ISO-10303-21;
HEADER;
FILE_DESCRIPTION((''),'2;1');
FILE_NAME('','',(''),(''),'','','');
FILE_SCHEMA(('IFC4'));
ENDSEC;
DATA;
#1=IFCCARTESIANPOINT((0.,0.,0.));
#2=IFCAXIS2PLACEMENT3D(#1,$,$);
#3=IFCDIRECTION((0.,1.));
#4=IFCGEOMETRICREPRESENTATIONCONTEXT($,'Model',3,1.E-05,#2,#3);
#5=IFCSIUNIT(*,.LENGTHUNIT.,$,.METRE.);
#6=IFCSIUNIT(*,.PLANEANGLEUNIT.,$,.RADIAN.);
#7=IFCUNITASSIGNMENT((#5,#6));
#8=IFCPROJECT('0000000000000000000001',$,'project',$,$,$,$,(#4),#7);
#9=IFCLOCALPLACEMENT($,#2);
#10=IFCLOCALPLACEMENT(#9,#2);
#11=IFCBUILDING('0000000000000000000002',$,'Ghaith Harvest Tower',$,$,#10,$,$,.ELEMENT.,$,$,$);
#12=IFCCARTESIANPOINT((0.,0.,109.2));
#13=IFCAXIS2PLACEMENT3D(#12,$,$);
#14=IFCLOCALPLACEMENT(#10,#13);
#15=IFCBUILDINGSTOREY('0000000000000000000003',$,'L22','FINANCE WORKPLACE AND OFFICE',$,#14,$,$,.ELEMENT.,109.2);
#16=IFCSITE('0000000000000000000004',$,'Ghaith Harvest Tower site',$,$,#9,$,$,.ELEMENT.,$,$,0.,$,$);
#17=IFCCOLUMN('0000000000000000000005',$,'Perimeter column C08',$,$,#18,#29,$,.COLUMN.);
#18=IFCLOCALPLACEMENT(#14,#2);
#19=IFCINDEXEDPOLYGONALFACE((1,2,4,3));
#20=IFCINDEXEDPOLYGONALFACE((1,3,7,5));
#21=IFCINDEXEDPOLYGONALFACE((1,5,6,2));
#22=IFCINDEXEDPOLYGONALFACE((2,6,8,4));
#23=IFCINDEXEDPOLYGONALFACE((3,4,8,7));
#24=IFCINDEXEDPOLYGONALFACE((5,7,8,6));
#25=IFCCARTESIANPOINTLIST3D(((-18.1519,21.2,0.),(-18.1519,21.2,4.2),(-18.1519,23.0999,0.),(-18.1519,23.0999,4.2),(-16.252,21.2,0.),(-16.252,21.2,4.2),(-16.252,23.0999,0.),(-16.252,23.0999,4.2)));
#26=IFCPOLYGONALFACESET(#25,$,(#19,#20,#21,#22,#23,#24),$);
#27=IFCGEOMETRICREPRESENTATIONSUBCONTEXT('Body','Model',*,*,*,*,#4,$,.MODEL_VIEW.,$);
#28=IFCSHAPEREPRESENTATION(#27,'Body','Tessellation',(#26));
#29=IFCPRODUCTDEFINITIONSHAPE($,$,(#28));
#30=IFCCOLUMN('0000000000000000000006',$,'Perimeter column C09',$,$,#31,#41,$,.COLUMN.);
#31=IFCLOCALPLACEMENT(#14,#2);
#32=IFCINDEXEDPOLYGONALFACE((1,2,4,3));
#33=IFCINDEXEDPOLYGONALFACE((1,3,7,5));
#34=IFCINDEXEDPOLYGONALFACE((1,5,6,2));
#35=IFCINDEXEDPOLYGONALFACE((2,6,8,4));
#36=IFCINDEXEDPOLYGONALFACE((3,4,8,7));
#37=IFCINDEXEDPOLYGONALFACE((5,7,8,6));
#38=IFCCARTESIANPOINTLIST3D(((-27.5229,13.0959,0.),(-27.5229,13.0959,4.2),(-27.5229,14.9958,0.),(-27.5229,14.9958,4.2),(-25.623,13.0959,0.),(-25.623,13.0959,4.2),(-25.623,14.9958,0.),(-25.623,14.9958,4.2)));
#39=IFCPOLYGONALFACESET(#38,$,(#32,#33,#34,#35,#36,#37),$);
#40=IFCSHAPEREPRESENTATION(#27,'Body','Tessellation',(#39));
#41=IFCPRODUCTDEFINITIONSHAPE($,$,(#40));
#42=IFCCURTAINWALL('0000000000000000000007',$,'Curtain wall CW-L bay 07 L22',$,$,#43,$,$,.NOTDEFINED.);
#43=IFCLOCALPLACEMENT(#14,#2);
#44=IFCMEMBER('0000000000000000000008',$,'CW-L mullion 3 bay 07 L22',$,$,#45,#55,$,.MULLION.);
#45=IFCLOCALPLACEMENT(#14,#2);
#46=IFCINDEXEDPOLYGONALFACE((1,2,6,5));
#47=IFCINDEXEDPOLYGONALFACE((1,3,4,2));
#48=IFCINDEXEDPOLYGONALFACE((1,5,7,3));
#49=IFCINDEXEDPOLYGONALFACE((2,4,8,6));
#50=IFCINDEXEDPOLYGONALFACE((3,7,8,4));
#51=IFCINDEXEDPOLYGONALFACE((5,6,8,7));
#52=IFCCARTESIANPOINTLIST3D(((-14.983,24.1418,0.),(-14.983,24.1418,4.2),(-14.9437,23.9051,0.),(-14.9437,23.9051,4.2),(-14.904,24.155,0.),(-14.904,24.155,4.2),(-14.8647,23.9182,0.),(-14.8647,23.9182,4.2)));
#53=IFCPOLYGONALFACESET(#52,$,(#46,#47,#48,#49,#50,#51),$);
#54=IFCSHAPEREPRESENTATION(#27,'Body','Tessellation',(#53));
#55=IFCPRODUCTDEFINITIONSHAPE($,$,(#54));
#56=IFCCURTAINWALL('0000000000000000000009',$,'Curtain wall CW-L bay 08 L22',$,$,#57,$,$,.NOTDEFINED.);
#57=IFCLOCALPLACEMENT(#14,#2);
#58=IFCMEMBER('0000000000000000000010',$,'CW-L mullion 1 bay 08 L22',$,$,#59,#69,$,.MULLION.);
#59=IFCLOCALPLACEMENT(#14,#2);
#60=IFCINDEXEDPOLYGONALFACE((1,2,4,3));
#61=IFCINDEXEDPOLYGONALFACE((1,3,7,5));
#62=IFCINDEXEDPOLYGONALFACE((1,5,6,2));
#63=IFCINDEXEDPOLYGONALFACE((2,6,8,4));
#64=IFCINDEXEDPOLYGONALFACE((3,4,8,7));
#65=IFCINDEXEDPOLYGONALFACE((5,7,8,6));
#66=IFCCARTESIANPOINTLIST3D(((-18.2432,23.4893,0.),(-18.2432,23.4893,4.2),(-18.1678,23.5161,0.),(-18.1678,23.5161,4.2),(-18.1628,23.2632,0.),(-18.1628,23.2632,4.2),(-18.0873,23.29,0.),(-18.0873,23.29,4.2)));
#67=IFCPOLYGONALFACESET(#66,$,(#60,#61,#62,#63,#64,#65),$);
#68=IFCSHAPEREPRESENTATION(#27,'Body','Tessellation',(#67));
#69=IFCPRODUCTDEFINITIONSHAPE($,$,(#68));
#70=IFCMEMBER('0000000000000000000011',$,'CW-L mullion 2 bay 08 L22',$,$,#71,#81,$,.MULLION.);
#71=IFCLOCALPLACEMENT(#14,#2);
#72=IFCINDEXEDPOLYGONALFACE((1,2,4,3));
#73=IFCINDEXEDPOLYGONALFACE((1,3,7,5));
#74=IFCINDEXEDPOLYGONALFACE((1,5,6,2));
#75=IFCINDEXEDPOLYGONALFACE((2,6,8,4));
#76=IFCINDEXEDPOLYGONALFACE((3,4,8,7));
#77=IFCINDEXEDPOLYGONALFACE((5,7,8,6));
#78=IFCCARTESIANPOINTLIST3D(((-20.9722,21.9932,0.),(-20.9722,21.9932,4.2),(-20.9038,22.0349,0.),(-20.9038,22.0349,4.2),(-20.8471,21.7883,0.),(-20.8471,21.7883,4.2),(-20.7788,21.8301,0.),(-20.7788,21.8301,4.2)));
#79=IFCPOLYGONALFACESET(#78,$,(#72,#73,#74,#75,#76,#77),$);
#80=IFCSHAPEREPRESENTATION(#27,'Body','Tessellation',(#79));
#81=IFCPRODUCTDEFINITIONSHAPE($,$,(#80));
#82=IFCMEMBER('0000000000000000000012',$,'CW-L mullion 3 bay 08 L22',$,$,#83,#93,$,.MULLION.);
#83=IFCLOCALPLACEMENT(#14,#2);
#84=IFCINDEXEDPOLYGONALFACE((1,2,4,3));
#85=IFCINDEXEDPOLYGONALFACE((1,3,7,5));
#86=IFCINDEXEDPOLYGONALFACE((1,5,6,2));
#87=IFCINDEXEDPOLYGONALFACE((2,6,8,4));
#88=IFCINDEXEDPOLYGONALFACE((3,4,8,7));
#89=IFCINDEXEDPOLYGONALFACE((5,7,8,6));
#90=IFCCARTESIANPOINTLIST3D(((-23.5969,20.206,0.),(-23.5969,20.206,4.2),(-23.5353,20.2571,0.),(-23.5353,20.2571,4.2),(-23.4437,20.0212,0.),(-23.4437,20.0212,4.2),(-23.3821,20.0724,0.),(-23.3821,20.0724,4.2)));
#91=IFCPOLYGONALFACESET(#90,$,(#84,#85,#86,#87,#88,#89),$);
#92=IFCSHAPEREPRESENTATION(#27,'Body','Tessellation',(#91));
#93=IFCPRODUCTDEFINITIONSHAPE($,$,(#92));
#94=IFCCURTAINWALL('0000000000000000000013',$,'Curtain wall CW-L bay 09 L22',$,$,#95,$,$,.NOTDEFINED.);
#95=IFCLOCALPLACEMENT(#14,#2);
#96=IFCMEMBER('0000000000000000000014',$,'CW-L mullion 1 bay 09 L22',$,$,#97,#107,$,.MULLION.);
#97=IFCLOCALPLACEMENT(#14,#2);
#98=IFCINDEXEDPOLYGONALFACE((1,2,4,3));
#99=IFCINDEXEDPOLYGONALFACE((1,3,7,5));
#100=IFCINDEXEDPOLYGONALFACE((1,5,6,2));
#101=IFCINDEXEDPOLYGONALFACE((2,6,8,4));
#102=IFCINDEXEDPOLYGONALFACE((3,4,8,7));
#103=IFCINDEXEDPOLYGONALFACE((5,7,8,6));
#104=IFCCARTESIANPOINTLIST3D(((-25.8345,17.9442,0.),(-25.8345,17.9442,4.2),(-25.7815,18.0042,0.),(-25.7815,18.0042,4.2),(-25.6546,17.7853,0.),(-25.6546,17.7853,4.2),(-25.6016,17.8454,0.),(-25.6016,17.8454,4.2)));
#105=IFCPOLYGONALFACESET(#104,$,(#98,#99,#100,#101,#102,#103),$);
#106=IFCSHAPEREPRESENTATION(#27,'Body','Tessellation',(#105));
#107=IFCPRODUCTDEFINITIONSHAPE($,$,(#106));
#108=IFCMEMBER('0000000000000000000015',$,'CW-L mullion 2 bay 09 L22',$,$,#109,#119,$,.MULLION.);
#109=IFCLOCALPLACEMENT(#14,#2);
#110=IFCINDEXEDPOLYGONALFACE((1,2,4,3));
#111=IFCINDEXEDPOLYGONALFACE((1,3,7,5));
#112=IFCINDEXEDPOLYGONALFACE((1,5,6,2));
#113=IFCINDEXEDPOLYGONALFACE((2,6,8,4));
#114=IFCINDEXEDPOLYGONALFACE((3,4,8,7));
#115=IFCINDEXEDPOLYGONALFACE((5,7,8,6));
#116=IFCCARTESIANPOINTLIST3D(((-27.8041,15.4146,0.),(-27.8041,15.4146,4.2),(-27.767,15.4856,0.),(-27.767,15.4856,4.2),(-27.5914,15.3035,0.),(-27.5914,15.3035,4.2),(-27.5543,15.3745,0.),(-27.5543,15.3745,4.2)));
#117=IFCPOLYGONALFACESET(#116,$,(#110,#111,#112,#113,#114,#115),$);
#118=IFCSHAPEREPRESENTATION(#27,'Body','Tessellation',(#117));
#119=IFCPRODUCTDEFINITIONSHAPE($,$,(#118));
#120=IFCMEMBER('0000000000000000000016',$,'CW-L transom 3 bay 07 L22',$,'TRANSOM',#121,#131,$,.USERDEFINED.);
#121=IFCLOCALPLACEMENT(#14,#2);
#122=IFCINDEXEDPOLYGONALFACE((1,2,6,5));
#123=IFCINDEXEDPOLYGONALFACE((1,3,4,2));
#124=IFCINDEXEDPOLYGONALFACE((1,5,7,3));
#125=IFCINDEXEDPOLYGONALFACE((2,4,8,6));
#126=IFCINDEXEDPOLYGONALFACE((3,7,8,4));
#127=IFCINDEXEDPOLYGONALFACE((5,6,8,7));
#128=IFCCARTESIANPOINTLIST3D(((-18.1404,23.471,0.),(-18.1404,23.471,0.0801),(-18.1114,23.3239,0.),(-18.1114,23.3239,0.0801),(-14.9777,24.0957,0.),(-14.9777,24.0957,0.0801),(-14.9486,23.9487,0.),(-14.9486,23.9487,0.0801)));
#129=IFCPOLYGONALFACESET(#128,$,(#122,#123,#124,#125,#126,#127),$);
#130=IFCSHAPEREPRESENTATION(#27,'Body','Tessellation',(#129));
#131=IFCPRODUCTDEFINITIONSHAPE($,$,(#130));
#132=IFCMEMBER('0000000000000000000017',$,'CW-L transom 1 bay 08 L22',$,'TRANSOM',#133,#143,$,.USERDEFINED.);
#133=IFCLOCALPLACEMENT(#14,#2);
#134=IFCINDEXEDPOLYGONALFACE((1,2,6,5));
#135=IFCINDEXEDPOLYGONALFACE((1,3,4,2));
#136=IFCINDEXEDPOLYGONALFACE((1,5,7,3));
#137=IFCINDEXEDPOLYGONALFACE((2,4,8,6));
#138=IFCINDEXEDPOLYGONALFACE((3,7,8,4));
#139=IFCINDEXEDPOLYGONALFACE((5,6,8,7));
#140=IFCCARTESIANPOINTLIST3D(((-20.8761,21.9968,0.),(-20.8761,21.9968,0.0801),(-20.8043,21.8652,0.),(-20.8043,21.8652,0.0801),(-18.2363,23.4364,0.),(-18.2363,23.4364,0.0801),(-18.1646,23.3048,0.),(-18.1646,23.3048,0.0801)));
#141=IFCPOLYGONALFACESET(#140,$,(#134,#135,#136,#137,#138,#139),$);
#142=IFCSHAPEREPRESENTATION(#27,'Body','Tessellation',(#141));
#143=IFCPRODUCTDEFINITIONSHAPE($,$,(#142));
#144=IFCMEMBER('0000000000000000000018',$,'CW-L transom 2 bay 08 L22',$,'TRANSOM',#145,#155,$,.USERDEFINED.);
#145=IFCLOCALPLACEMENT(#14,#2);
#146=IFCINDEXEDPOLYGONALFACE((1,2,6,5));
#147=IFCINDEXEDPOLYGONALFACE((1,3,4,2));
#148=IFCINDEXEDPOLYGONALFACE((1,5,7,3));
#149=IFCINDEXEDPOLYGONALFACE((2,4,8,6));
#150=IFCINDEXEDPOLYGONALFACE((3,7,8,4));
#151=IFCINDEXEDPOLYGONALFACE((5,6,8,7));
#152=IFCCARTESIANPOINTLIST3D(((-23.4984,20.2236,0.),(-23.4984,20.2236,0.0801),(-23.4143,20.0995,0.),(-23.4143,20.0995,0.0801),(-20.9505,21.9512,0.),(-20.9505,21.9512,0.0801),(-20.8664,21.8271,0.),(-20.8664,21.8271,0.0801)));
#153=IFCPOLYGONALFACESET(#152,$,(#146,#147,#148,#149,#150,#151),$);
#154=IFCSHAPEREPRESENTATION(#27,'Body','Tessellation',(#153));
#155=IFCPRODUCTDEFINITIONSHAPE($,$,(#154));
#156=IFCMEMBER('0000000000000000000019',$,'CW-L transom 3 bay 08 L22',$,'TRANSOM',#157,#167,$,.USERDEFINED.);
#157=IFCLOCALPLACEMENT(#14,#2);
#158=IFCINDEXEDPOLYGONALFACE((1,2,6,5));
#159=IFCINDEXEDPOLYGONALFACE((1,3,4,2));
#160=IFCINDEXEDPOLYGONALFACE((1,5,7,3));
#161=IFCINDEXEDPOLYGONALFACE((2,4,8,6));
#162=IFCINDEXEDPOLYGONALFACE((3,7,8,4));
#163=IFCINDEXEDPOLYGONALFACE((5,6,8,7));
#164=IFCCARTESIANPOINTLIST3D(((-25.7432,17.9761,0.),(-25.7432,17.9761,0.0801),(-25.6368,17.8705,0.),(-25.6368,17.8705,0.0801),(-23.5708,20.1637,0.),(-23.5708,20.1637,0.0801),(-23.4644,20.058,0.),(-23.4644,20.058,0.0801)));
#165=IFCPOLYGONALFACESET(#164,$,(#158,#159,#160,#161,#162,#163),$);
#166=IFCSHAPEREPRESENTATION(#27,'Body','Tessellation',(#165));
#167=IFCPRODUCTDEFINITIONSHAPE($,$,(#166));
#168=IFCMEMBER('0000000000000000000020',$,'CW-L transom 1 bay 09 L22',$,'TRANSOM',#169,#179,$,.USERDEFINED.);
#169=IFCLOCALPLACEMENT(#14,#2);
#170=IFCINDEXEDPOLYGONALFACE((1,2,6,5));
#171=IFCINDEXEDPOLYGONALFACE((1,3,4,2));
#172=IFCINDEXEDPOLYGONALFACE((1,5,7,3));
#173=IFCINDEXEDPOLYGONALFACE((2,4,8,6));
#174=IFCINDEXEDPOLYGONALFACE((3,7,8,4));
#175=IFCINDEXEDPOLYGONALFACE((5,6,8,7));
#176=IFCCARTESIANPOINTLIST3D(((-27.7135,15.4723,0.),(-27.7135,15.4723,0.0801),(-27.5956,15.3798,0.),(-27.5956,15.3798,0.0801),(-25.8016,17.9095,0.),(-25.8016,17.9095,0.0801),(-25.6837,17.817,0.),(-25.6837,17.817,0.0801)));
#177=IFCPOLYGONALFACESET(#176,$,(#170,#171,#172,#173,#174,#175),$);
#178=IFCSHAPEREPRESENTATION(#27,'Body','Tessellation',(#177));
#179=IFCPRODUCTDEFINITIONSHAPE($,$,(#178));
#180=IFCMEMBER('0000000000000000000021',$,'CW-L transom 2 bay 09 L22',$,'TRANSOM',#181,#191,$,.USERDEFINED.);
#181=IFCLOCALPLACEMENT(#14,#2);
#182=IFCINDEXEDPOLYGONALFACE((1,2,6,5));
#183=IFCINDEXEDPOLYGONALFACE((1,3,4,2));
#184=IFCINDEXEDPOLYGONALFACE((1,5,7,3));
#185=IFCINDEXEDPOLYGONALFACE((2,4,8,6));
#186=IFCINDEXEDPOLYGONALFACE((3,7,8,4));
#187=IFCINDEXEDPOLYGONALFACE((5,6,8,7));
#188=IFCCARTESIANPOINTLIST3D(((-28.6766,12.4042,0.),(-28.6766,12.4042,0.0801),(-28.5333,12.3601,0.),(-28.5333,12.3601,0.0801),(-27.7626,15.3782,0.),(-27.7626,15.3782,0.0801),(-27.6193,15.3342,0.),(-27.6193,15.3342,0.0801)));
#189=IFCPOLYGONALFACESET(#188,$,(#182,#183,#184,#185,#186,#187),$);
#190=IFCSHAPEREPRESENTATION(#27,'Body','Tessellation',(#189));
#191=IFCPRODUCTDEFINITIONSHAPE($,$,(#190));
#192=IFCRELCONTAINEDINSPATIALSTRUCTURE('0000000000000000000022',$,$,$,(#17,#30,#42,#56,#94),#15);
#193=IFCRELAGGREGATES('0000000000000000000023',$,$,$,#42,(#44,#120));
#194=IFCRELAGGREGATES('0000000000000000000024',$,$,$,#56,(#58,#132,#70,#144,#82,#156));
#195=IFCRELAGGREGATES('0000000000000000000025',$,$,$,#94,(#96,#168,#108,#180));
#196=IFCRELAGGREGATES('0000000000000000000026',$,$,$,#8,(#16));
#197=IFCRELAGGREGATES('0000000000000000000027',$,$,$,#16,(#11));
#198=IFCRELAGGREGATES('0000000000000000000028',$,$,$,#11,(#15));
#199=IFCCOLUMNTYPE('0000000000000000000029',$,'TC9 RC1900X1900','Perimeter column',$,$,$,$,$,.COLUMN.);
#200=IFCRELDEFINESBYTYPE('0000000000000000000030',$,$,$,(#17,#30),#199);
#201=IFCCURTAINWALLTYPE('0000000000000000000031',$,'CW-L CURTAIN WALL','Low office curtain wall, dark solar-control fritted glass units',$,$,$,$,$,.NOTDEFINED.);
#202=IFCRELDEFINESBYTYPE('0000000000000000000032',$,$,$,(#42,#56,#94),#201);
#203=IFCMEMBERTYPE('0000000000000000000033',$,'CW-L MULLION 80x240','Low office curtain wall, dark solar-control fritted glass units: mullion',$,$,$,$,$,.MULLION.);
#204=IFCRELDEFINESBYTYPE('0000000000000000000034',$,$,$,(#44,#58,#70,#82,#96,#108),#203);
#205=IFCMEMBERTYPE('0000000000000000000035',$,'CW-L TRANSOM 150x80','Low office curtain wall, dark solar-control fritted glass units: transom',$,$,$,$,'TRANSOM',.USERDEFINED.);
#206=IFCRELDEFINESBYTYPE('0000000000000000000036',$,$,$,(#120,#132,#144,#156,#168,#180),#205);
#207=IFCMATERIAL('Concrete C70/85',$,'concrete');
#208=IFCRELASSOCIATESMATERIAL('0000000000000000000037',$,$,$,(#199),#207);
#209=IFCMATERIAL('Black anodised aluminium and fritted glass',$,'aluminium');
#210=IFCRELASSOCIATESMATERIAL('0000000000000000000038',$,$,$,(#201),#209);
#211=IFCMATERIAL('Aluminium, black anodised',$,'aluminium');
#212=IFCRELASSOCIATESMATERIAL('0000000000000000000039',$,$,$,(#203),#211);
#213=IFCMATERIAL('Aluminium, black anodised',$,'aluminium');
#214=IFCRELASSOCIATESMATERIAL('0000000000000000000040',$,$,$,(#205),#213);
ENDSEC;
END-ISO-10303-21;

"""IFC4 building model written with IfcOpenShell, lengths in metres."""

from ifc_helpers import new_model, si_unit, direction, frame, origin, origin_2d, place, context, subcontext, project, spatial, rectangle, extrude, material, material_profile, profile_set, type_object, element, aggregate, save


model = new_model("IFC4")

# Units and contexts
model_context = context("Model", 3, precision=1e-05, world=origin(), true_north=direction((0.0, 1.0)))
body_context = subcontext(model_context, "Body", "Model", "MODEL_VIEW")
ifc_project = project(units=[si_unit("LENGTHUNIT", "METRE"), si_unit("PLANEANGLEUNIT", "RADIAN")], contexts=[model_context])

# Site, building, storey
site_placement = place(None, origin())
site = spatial("IfcSite", under=ifc_project, at=site_placement, Name="Ghaith Harvest Tower site", CompositionType="ELEMENT", RefElevation=0.0)
building_placement = place(site_placement, origin())
building = spatial("IfcBuilding", under=site, at=building_placement, Name="Ghaith Harvest Tower", CompositionType="ELEMENT")
storey_placement = place(building_placement, frame((0.0, 0.0, 109.2)))
storey = spatial("IfcBuildingStorey", under=building, at=storey_placement, Name="L22", Description="FINANCE WORKPLACE AND OFFICE", CompositionType="ELEMENT", Elevation=109.2)

# Columns
ifc_material_1 = material(Name="Concrete C70/85", Category="concrete")
ifc_material_profile_1 = material_profile(ifc_material_1, rectangle(XDim=1.8999, YDim=1.8999, at=origin_2d()), Name="RC1900X1900")
ifc_profile_set_1 = profile_set([ifc_material_profile_1], Name="Concrete C70/85")
column_type = type_object("IfcColumnType", Name="TC9 RC1900X1900", Description="Perimeter column", PredefinedType="COLUMN", material=ifc_profile_set_1)
for number, where, z_axis, x_axis, name in (
    (1, (-17.2019, 22.1499, 0.0), (0.0, 0.0, 1.0), (1.0, 0.0, 0.0), "Perimeter column C08"),
    (2, (-26.573, 14.0459, 0.0), (0.0, 0.0, 1.0), (1.0, 0.0, 0.0), "Perimeter column C09"),
):
    element("IfcColumn", number, at=place(storey_placement, frame(where, z_axis=z_axis, x_axis=x_axis)), inside=storey, type_object=column_type, Name=name, PredefinedType="COLUMN", context=body_context, shape_type="SweptSolid", body=[
        extrude(rectangle(XDim=1.8999, YDim=1.8999, at=origin_2d()), origin(), (0.0, 0.0, 1.0), 4.2),
    ])

# Curtain wall, member
ifc_material_2 = material(Name="Black anodised aluminium and fritted glass", Category="aluminium")
curtain_wall_type = type_object("IfcCurtainWallType", Name="CW-L CURTAIN WALL", Description="Low office curtain wall, dark solar-control fritted glass units", PredefinedType="NOTDEFINED", material=ifc_material_2)
curtain_wall_1_placement = place(storey_placement, origin())
curtain_wall_1 = element("IfcCurtainWall", 3, at=curtain_wall_1_placement, inside=storey, type_object=curtain_wall_type, Name="Curtain wall CW-L bay 07 L22", PredefinedType="NOTDEFINED")
ifc_material_3 = material(Name="Aluminium, black anodised", Category="aluminium")
ifc_material_profile_2 = material_profile(ifc_material_3, rectangle(XDim=0.0801, YDim=0.24, at=origin_2d()), Name="CW-L MULLION 80x240")
ifc_profile_set_2 = profile_set([ifc_material_profile_2], Name="Aluminium, black anodised")
member_type_1 = type_object("IfcMemberType", Name="CW-L MULLION 80x240", Description="Low office curtain wall, dark solar-control fritted glass units: mullion", PredefinedType="MULLION", material=ifc_profile_set_2)
member_1_placement = place(storey_placement, frame((-14.9238, 24.03, 0.0), z_axis=(0.0, 0.0, 1.0), x_axis=(-0.986495, -0.163794, 0.0)))
member_1 = element("IfcMember", 4, at=member_1_placement, type_object=member_type_1, Name="CW-L mullion 3 bay 07 L22", PredefinedType="MULLION", context=body_context, shape_type="SweptSolid", body=[
    extrude(rectangle(XDim=0.0801, YDim=0.24, at=origin_2d()), origin(), (0.0, 0.0, 1.0), 4.2),
])

# Curtain walls, members
curtain_wall_2_placement = place(storey_placement, origin())
curtain_wall_2 = element("IfcCurtainWall", 5, at=curtain_wall_2_placement, inside=storey, type_object=curtain_wall_type, Name="Curtain wall CW-L bay 08 L22", PredefinedType="NOTDEFINED")
member_2_placement = place(storey_placement, frame((-18.1653, 23.3896, 0.0), z_axis=(0.0, 0.0, 1.0), x_axis=(-0.942104, -0.335322, 0.0)))
member_2 = element("IfcMember", 6, at=member_2_placement, type_object=member_type_1, Name="CW-L mullion 1 bay 08 L22", PredefinedType="MULLION", context=body_context, shape_type="SweptSolid", body=[
    extrude(rectangle(XDim=0.0801, YDim=0.24, at=origin_2d()), origin(), (0.0, 0.0, 1.0), 4.2),
])
member_3_placement = place(storey_placement, frame((-20.8755, 21.9116, 0.0), z_axis=(0.0, 0.0, 1.0), x_axis=(-0.853516, -0.521067, 0.0)))
member_3 = element("IfcMember", 7, at=member_3_placement, type_object=member_type_1, Name="CW-L mullion 2 bay 08 L22", PredefinedType="MULLION", context=body_context, shape_type="SweptSolid", body=[
    extrude(rectangle(XDim=0.0801, YDim=0.24, at=origin_2d()), origin(), (0.0, 0.0, 1.0), 4.2),
])
member_4_placement = place(storey_placement, frame((-23.4895, 20.1392, 0.0), z_axis=(0.0, 0.0, 1.0), x_axis=(-0.769683, -0.638427, 0.0)))
member_4 = element("IfcMember", 8, at=member_4_placement, type_object=member_type_1, Name="CW-L mullion 3 bay 08 L22", PredefinedType="MULLION", context=body_context, shape_type="SweptSolid", body=[
    extrude(rectangle(XDim=0.0801, YDim=0.24, at=origin_2d()), origin(), (0.0, 0.0, 1.0), 4.2),
])
curtain_wall_3_placement = place(storey_placement, origin())
curtain_wall_3 = element("IfcCurtainWall", 9, at=curtain_wall_3_placement, inside=storey, type_object=curtain_wall_type, Name="Curtain wall CW-L bay 09 L22", PredefinedType="NOTDEFINED")
member_5_placement = place(storey_placement, frame((-25.718, 17.8948, 0.0), z_axis=(0.0, 0.0, 1.0), x_axis=(-0.661904, -0.749589, 0.0)))
member_5 = element("IfcMember", 10, at=member_5_placement, type_object=member_type_1, Name="CW-L mullion 1 bay 09 L22", PredefinedType="MULLION", context=body_context, shape_type="SweptSolid", body=[
    extrude(rectangle(XDim=0.0801, YDim=0.24, at=origin_2d()), origin(), (0.0, 0.0, 1.0), 4.2),
])
member_6_placement = place(storey_placement, frame((-27.6792, 15.3945, 0.0), z_axis=(0.0, 0.0, 1.0), x_axis=(-0.46289, -0.886416, 0.0)))
member_6 = element("IfcMember", 11, at=member_6_placement, type_object=member_type_1, Name="CW-L mullion 2 bay 09 L22", PredefinedType="MULLION", context=body_context, shape_type="SweptSolid", body=[
    extrude(rectangle(XDim=0.0801, YDim=0.24, at=origin_2d()), origin(), (0.0, 0.0, 1.0), 4.2),
])

# Members
ifc_material_4 = material(Name="Aluminium, black anodised", Category="aluminium")
ifc_material_profile_3 = material_profile(ifc_material_4, rectangle(XDim=0.1499, YDim=0.0801, at=origin_2d()), Name="CW-L TRANSOM 150x80")
ifc_profile_set_3 = profile_set([ifc_material_profile_3], Name="Aluminium, black anodised")
member_type_2 = type_object("IfcMemberType", Name="CW-L TRANSOM 150x80", Description="Low office curtain wall, dark solar-control fritted glass units: transom", ElementType="TRANSOM", PredefinedType="USERDEFINED", material=ifc_profile_set_3)
member_7_placement = place(storey_placement, frame((-14.9631, 24.0222, 0.04), z_axis=(-0.981044, -0.193786, 0.0), x_axis=(0.193786, -0.981044, 0.0)))
member_7 = element("IfcMember", 12, at=member_7_placement, type_object=member_type_2, Name="CW-L transom 3 bay 07 L22", ObjectType="TRANSOM", PredefinedType="USERDEFINED", context=body_context, shape_type="SweptSolid", body=[
    extrude(rectangle(XDim=0.1499, YDim=0.0801, at=origin_2d()), origin(), (0.0, 0.0, 1.0), 3.2239),
])
member_8_placement = place(storey_placement, frame((-18.2004, 23.3706, 0.04), z_axis=(-0.87793, -0.47879, 0.0), x_axis=(0.47879, -0.87793, 0.0)))
member_8 = element("IfcMember", 13, at=member_8_placement, type_object=member_type_2, Name="CW-L transom 1 bay 08 L22", ObjectType="TRANSOM", PredefinedType="USERDEFINED", context=body_context, shape_type="SweptSolid", body=[
    extrude(rectangle(XDim=0.1499, YDim=0.0801, at=origin_2d()), origin(), (0.0, 0.0, 1.0), 3.0068),
])
member_9_placement = place(storey_placement, frame((-20.9084, 21.8892, 0.04), z_axis=(-0.827681, -0.561199, 0.0), x_axis=(0.561199, -0.827681, 0.0)))
member_9 = element("IfcMember", 14, at=member_9_placement, type_object=member_type_2, Name="CW-L transom 2 bay 08 L22", ObjectType="TRANSOM", PredefinedType="USERDEFINED", context=body_context, shape_type="SweptSolid", body=[
    extrude(rectangle(XDim=0.1499, YDim=0.0801, at=origin_2d()), origin(), (0.0, 0.0, 1.0), 3.0784),
])
member_10_placement = place(storey_placement, frame((-23.5176, 20.1108, 0.04), z_axis=(-0.704648, -0.709557, 0.0), x_axis=(0.709557, -0.704648, 0.0)))
member_10 = element("IfcMember", 15, at=member_10_placement, type_object=member_type_2, Name="CW-L transom 3 bay 08 L22", ObjectType="TRANSOM", PredefinedType="USERDEFINED", context=body_context, shape_type="SweptSolid", body=[
    extrude(rectangle(XDim=0.1499, YDim=0.0801, at=origin_2d()), origin(), (0.0, 0.0, 1.0), 3.083),
])
member_11_placement = place(storey_placement, frame((-25.7427, 17.8633, 0.04), z_axis=(-0.617198, -0.786808, 0.0), x_axis=(0.786808, -0.617198, 0.0)))
member_11 = element("IfcMember", 16, at=member_11_placement, type_object=member_type_2, Name="CW-L transom 1 bay 09 L22", ObjectType="TRANSOM", PredefinedType="USERDEFINED", context=body_context, shape_type="SweptSolid", body=[
    extrude(rectangle(XDim=0.1499, YDim=0.0801, at=origin_2d()), origin(), (0.0, 0.0, 1.0), 3.0977),
])
member_12_placement = place(storey_placement, frame((-27.6909, 15.3562, 0.04), z_axis=(-0.293777, -0.955874, 0.0), x_axis=(0.955874, -0.293777, 0.0)))
member_12 = element("IfcMember", 17, at=member_12_placement, type_object=member_type_2, Name="CW-L transom 2 bay 09 L22", ObjectType="TRANSOM", PredefinedType="USERDEFINED", context=body_context, shape_type="SweptSolid", body=[
    extrude(rectangle(XDim=0.1499, YDim=0.0801, at=origin_2d()), origin(), (0.0, 0.0, 1.0), 3.1113),
])

aggregate(curtain_wall_1, [member_1, member_7])
aggregate(curtain_wall_2, [member_2, member_8, member_3, member_9, member_4, member_10])
aggregate(curtain_wall_3, [member_5, member_11, member_6, member_12])

save(model, "model.ifc")
